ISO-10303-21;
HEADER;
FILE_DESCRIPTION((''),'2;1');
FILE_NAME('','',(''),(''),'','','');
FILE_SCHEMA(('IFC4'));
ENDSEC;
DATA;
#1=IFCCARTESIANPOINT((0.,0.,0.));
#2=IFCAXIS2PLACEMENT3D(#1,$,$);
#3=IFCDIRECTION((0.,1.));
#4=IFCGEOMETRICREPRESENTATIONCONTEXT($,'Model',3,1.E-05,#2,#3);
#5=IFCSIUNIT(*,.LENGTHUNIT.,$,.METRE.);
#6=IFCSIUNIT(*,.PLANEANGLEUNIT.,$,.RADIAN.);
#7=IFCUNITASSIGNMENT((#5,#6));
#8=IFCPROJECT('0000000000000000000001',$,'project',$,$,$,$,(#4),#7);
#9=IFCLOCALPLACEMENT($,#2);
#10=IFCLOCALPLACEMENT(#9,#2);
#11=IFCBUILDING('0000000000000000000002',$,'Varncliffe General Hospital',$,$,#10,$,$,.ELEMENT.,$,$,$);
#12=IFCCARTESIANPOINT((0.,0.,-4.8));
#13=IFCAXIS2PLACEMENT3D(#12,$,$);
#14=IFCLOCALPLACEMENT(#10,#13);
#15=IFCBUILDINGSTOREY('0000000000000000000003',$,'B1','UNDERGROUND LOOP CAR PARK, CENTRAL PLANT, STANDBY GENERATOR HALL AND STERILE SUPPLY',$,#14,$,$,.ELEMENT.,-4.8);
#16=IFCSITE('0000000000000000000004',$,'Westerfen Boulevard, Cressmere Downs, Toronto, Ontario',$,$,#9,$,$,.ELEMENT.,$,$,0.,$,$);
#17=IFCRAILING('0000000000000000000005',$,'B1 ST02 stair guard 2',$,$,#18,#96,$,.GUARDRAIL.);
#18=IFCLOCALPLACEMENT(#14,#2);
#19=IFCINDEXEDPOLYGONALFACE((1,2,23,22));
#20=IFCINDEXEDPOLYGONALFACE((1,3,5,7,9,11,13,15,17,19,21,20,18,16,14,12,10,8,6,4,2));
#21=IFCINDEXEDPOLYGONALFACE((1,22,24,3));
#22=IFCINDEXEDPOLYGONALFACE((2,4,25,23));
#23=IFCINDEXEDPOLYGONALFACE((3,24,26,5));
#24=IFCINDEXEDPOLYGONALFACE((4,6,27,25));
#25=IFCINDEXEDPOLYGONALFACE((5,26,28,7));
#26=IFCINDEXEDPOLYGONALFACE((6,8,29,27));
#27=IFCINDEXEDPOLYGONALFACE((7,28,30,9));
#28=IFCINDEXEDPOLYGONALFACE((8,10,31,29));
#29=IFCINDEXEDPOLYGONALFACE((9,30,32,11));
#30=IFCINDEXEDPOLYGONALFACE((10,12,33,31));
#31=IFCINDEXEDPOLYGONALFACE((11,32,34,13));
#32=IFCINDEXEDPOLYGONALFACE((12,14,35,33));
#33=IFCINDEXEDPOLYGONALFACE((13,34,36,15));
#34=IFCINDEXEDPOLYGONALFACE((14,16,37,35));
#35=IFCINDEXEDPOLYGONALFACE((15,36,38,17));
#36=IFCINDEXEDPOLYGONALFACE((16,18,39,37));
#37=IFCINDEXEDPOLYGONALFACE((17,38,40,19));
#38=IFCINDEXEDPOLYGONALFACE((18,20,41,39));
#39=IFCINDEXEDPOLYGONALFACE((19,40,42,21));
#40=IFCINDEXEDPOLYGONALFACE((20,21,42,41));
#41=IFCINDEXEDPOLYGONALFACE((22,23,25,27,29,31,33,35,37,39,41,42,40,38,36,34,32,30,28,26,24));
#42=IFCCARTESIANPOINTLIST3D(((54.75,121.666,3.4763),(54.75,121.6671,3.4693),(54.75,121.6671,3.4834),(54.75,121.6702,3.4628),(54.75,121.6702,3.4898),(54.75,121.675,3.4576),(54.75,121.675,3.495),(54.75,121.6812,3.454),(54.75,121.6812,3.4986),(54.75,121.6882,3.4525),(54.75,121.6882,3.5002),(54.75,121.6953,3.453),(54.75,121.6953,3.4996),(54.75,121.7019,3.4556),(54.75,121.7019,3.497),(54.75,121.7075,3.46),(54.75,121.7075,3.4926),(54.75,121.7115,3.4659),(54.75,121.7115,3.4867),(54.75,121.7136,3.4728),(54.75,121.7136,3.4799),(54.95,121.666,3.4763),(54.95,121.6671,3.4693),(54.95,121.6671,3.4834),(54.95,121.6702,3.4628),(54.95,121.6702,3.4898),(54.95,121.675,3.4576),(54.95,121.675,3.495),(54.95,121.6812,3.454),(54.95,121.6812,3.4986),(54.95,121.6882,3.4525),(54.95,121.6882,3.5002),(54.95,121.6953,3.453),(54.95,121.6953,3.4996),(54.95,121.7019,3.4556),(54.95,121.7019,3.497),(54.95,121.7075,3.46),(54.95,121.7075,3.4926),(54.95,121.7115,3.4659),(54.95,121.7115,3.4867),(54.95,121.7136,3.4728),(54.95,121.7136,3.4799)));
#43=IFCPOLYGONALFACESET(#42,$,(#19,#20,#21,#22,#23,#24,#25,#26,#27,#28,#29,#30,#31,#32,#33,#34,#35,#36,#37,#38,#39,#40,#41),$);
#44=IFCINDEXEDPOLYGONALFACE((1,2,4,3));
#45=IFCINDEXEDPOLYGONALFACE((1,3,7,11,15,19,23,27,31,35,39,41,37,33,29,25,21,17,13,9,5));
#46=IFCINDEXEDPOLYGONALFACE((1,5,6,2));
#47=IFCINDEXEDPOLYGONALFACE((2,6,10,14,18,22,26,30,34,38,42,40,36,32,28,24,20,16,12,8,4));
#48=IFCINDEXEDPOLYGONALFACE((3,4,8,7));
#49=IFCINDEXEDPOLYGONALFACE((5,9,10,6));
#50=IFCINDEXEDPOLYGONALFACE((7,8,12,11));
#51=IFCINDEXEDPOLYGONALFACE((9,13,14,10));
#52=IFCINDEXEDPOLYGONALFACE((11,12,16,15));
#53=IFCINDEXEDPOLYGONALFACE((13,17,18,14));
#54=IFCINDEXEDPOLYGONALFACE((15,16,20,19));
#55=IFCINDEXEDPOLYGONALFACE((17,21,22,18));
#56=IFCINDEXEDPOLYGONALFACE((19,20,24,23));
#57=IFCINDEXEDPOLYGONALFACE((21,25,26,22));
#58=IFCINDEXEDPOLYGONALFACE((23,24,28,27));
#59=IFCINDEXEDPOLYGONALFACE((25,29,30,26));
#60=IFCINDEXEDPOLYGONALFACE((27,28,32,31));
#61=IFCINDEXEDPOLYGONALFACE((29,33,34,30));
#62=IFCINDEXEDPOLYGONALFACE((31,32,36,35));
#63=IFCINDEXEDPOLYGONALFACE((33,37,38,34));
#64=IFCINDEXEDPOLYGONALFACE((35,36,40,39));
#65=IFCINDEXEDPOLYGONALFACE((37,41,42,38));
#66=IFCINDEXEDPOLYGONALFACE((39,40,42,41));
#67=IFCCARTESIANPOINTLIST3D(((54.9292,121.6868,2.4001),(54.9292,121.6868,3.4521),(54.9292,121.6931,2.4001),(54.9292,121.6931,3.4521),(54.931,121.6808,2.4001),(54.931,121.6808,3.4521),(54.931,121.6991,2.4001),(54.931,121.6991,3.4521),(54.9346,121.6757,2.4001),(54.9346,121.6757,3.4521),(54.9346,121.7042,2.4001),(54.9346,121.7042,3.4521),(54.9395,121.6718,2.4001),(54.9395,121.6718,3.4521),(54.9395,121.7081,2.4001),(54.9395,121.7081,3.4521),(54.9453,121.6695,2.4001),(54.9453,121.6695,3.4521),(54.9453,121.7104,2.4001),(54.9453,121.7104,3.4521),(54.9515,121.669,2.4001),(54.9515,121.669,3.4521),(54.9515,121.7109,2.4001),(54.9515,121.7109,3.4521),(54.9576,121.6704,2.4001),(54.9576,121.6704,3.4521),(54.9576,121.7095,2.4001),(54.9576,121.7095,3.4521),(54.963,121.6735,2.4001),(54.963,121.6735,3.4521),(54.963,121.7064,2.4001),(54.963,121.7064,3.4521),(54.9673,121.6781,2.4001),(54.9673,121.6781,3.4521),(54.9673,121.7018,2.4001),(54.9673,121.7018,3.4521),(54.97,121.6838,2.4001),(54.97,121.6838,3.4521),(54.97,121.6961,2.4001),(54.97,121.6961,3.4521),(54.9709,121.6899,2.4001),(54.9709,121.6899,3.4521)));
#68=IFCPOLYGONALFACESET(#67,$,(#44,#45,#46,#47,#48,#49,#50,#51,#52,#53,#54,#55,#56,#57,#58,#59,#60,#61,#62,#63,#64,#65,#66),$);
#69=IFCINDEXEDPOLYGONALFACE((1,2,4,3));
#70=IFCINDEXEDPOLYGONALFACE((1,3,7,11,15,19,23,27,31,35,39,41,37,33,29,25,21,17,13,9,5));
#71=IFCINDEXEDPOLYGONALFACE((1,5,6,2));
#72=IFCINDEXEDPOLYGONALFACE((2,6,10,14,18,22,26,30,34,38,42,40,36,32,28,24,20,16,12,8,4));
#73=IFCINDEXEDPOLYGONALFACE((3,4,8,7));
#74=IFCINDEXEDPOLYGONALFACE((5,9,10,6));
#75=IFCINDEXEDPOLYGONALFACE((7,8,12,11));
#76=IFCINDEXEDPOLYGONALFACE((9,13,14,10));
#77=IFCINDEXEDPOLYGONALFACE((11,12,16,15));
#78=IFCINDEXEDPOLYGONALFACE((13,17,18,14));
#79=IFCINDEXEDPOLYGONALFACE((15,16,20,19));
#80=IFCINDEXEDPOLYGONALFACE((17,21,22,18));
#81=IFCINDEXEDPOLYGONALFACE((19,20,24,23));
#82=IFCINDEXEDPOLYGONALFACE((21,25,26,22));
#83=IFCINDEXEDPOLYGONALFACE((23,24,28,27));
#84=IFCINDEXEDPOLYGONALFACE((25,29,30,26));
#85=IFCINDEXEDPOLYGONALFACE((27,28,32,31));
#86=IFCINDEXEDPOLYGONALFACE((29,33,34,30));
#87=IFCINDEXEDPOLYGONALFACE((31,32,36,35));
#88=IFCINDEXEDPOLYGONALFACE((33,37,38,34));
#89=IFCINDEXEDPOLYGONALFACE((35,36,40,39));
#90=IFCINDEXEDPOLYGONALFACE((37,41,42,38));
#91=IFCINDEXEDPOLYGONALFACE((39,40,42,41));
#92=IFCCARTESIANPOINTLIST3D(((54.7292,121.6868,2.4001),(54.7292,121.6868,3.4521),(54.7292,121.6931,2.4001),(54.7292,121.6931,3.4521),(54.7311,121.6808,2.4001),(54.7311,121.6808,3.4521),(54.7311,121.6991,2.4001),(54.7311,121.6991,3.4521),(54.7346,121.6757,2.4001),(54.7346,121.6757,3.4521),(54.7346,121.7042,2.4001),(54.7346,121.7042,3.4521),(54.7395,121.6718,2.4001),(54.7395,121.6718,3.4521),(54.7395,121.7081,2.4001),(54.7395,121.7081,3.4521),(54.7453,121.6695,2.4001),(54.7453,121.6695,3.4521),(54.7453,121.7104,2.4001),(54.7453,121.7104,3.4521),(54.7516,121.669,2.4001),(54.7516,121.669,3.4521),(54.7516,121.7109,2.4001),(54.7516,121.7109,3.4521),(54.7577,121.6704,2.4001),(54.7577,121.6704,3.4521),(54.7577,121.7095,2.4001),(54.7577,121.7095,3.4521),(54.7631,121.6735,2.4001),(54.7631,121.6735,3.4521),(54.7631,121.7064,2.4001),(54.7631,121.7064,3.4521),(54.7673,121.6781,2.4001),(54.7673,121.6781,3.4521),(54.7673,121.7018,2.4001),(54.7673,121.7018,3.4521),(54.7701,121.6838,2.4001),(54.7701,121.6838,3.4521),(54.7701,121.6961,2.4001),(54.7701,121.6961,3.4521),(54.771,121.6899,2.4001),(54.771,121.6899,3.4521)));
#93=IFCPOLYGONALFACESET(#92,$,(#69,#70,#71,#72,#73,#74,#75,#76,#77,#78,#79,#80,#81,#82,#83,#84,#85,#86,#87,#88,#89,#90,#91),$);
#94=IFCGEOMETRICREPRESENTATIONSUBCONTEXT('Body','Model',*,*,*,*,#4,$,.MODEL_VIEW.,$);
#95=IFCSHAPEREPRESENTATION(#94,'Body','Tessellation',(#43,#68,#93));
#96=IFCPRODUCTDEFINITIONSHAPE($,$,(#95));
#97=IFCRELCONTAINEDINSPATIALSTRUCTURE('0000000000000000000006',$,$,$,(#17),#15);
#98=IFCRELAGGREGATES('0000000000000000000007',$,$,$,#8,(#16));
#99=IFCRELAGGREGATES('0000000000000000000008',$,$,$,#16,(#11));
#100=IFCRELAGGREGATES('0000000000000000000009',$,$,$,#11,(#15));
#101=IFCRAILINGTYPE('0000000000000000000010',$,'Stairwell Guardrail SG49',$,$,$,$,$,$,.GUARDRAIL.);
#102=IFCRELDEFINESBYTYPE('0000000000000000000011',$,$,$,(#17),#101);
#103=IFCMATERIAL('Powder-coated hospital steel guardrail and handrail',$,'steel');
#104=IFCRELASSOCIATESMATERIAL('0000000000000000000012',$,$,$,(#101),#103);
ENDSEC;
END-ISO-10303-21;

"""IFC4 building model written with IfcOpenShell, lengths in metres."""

from ifc_helpers import new_model, si_unit, direction, frame, origin, origin_2d, place, context, subcontext, project, spatial, circle, extrude, material, type_object, element, save


model = new_model("IFC4")

# Units and contexts
model_context = context("Model", 3, precision=1e-05, world=origin(), true_north=direction((0.0, 1.0)))
body_context = subcontext(model_context, "Body", "Model", "MODEL_VIEW")
ifc_project = project(units=[si_unit("LENGTHUNIT", "METRE"), si_unit("PLANEANGLEUNIT", "RADIAN")], contexts=[model_context])

# Site, building, storey
site_placement = place(None, origin())
site = spatial("IfcSite", under=ifc_project, at=site_placement, Name="Westerfen Boulevard, Cressmere Downs, Toronto, Ontario", CompositionType="ELEMENT", RefElevation=0.0)
building_placement = place(site_placement, origin())
building = spatial("IfcBuilding", under=site, at=building_placement, Name="Varncliffe General Hospital", CompositionType="ELEMENT")
storey_placement = place(building_placement, frame((0.0, 0.0, -4.8)))
storey = spatial("IfcBuildingStorey", under=building, at=storey_placement, Name="B1", Description="UNDERGROUND LOOP CAR PARK, CENTRAL PLANT, STANDBY GENERATOR HALL AND STERILE SUPPLY", CompositionType="ELEMENT", Elevation=-4.8)

# Railing
ifc_material_1 = material(Name="Powder-coated hospital steel guardrail and handrail", Category="steel")
railing_type_1 = type_object("IfcRailingType", Name="Stairwell Guardrail SG49", PredefinedType="GUARDRAIL", material=ifc_material_1)
railing_1_placement = place(storey_placement, frame((54.95, 121.6899, 2.4001)))
element("IfcRailing", 1, at=railing_1_placement, inside=storey, type_object=railing_type_1, Name="B1 ST02 stair guard 2", PredefinedType="GUARDRAIL", context=body_context, shape_type="SweptSolid", body=[
    extrude(circle(Radius=0.0239, at=origin_2d()), frame((0.0, 0.0, 1.0762), z_axis=(-1.0, 0.0, 0.0), x_axis=(0.0, -1.0, 0.0)), (0.0, 0.0, 1.0), 0.2),
    extrude(circle(Radius=0.021, at=origin_2d()), origin(), (0.0, 0.0, 1.0), 1.052),
    extrude(circle(Radius=0.021, at=origin_2d()), frame((-0.2, 0.0, 0.0)), (0.0, 0.0, 1.0), 1.052),
])

save(model, "model.ifc")
